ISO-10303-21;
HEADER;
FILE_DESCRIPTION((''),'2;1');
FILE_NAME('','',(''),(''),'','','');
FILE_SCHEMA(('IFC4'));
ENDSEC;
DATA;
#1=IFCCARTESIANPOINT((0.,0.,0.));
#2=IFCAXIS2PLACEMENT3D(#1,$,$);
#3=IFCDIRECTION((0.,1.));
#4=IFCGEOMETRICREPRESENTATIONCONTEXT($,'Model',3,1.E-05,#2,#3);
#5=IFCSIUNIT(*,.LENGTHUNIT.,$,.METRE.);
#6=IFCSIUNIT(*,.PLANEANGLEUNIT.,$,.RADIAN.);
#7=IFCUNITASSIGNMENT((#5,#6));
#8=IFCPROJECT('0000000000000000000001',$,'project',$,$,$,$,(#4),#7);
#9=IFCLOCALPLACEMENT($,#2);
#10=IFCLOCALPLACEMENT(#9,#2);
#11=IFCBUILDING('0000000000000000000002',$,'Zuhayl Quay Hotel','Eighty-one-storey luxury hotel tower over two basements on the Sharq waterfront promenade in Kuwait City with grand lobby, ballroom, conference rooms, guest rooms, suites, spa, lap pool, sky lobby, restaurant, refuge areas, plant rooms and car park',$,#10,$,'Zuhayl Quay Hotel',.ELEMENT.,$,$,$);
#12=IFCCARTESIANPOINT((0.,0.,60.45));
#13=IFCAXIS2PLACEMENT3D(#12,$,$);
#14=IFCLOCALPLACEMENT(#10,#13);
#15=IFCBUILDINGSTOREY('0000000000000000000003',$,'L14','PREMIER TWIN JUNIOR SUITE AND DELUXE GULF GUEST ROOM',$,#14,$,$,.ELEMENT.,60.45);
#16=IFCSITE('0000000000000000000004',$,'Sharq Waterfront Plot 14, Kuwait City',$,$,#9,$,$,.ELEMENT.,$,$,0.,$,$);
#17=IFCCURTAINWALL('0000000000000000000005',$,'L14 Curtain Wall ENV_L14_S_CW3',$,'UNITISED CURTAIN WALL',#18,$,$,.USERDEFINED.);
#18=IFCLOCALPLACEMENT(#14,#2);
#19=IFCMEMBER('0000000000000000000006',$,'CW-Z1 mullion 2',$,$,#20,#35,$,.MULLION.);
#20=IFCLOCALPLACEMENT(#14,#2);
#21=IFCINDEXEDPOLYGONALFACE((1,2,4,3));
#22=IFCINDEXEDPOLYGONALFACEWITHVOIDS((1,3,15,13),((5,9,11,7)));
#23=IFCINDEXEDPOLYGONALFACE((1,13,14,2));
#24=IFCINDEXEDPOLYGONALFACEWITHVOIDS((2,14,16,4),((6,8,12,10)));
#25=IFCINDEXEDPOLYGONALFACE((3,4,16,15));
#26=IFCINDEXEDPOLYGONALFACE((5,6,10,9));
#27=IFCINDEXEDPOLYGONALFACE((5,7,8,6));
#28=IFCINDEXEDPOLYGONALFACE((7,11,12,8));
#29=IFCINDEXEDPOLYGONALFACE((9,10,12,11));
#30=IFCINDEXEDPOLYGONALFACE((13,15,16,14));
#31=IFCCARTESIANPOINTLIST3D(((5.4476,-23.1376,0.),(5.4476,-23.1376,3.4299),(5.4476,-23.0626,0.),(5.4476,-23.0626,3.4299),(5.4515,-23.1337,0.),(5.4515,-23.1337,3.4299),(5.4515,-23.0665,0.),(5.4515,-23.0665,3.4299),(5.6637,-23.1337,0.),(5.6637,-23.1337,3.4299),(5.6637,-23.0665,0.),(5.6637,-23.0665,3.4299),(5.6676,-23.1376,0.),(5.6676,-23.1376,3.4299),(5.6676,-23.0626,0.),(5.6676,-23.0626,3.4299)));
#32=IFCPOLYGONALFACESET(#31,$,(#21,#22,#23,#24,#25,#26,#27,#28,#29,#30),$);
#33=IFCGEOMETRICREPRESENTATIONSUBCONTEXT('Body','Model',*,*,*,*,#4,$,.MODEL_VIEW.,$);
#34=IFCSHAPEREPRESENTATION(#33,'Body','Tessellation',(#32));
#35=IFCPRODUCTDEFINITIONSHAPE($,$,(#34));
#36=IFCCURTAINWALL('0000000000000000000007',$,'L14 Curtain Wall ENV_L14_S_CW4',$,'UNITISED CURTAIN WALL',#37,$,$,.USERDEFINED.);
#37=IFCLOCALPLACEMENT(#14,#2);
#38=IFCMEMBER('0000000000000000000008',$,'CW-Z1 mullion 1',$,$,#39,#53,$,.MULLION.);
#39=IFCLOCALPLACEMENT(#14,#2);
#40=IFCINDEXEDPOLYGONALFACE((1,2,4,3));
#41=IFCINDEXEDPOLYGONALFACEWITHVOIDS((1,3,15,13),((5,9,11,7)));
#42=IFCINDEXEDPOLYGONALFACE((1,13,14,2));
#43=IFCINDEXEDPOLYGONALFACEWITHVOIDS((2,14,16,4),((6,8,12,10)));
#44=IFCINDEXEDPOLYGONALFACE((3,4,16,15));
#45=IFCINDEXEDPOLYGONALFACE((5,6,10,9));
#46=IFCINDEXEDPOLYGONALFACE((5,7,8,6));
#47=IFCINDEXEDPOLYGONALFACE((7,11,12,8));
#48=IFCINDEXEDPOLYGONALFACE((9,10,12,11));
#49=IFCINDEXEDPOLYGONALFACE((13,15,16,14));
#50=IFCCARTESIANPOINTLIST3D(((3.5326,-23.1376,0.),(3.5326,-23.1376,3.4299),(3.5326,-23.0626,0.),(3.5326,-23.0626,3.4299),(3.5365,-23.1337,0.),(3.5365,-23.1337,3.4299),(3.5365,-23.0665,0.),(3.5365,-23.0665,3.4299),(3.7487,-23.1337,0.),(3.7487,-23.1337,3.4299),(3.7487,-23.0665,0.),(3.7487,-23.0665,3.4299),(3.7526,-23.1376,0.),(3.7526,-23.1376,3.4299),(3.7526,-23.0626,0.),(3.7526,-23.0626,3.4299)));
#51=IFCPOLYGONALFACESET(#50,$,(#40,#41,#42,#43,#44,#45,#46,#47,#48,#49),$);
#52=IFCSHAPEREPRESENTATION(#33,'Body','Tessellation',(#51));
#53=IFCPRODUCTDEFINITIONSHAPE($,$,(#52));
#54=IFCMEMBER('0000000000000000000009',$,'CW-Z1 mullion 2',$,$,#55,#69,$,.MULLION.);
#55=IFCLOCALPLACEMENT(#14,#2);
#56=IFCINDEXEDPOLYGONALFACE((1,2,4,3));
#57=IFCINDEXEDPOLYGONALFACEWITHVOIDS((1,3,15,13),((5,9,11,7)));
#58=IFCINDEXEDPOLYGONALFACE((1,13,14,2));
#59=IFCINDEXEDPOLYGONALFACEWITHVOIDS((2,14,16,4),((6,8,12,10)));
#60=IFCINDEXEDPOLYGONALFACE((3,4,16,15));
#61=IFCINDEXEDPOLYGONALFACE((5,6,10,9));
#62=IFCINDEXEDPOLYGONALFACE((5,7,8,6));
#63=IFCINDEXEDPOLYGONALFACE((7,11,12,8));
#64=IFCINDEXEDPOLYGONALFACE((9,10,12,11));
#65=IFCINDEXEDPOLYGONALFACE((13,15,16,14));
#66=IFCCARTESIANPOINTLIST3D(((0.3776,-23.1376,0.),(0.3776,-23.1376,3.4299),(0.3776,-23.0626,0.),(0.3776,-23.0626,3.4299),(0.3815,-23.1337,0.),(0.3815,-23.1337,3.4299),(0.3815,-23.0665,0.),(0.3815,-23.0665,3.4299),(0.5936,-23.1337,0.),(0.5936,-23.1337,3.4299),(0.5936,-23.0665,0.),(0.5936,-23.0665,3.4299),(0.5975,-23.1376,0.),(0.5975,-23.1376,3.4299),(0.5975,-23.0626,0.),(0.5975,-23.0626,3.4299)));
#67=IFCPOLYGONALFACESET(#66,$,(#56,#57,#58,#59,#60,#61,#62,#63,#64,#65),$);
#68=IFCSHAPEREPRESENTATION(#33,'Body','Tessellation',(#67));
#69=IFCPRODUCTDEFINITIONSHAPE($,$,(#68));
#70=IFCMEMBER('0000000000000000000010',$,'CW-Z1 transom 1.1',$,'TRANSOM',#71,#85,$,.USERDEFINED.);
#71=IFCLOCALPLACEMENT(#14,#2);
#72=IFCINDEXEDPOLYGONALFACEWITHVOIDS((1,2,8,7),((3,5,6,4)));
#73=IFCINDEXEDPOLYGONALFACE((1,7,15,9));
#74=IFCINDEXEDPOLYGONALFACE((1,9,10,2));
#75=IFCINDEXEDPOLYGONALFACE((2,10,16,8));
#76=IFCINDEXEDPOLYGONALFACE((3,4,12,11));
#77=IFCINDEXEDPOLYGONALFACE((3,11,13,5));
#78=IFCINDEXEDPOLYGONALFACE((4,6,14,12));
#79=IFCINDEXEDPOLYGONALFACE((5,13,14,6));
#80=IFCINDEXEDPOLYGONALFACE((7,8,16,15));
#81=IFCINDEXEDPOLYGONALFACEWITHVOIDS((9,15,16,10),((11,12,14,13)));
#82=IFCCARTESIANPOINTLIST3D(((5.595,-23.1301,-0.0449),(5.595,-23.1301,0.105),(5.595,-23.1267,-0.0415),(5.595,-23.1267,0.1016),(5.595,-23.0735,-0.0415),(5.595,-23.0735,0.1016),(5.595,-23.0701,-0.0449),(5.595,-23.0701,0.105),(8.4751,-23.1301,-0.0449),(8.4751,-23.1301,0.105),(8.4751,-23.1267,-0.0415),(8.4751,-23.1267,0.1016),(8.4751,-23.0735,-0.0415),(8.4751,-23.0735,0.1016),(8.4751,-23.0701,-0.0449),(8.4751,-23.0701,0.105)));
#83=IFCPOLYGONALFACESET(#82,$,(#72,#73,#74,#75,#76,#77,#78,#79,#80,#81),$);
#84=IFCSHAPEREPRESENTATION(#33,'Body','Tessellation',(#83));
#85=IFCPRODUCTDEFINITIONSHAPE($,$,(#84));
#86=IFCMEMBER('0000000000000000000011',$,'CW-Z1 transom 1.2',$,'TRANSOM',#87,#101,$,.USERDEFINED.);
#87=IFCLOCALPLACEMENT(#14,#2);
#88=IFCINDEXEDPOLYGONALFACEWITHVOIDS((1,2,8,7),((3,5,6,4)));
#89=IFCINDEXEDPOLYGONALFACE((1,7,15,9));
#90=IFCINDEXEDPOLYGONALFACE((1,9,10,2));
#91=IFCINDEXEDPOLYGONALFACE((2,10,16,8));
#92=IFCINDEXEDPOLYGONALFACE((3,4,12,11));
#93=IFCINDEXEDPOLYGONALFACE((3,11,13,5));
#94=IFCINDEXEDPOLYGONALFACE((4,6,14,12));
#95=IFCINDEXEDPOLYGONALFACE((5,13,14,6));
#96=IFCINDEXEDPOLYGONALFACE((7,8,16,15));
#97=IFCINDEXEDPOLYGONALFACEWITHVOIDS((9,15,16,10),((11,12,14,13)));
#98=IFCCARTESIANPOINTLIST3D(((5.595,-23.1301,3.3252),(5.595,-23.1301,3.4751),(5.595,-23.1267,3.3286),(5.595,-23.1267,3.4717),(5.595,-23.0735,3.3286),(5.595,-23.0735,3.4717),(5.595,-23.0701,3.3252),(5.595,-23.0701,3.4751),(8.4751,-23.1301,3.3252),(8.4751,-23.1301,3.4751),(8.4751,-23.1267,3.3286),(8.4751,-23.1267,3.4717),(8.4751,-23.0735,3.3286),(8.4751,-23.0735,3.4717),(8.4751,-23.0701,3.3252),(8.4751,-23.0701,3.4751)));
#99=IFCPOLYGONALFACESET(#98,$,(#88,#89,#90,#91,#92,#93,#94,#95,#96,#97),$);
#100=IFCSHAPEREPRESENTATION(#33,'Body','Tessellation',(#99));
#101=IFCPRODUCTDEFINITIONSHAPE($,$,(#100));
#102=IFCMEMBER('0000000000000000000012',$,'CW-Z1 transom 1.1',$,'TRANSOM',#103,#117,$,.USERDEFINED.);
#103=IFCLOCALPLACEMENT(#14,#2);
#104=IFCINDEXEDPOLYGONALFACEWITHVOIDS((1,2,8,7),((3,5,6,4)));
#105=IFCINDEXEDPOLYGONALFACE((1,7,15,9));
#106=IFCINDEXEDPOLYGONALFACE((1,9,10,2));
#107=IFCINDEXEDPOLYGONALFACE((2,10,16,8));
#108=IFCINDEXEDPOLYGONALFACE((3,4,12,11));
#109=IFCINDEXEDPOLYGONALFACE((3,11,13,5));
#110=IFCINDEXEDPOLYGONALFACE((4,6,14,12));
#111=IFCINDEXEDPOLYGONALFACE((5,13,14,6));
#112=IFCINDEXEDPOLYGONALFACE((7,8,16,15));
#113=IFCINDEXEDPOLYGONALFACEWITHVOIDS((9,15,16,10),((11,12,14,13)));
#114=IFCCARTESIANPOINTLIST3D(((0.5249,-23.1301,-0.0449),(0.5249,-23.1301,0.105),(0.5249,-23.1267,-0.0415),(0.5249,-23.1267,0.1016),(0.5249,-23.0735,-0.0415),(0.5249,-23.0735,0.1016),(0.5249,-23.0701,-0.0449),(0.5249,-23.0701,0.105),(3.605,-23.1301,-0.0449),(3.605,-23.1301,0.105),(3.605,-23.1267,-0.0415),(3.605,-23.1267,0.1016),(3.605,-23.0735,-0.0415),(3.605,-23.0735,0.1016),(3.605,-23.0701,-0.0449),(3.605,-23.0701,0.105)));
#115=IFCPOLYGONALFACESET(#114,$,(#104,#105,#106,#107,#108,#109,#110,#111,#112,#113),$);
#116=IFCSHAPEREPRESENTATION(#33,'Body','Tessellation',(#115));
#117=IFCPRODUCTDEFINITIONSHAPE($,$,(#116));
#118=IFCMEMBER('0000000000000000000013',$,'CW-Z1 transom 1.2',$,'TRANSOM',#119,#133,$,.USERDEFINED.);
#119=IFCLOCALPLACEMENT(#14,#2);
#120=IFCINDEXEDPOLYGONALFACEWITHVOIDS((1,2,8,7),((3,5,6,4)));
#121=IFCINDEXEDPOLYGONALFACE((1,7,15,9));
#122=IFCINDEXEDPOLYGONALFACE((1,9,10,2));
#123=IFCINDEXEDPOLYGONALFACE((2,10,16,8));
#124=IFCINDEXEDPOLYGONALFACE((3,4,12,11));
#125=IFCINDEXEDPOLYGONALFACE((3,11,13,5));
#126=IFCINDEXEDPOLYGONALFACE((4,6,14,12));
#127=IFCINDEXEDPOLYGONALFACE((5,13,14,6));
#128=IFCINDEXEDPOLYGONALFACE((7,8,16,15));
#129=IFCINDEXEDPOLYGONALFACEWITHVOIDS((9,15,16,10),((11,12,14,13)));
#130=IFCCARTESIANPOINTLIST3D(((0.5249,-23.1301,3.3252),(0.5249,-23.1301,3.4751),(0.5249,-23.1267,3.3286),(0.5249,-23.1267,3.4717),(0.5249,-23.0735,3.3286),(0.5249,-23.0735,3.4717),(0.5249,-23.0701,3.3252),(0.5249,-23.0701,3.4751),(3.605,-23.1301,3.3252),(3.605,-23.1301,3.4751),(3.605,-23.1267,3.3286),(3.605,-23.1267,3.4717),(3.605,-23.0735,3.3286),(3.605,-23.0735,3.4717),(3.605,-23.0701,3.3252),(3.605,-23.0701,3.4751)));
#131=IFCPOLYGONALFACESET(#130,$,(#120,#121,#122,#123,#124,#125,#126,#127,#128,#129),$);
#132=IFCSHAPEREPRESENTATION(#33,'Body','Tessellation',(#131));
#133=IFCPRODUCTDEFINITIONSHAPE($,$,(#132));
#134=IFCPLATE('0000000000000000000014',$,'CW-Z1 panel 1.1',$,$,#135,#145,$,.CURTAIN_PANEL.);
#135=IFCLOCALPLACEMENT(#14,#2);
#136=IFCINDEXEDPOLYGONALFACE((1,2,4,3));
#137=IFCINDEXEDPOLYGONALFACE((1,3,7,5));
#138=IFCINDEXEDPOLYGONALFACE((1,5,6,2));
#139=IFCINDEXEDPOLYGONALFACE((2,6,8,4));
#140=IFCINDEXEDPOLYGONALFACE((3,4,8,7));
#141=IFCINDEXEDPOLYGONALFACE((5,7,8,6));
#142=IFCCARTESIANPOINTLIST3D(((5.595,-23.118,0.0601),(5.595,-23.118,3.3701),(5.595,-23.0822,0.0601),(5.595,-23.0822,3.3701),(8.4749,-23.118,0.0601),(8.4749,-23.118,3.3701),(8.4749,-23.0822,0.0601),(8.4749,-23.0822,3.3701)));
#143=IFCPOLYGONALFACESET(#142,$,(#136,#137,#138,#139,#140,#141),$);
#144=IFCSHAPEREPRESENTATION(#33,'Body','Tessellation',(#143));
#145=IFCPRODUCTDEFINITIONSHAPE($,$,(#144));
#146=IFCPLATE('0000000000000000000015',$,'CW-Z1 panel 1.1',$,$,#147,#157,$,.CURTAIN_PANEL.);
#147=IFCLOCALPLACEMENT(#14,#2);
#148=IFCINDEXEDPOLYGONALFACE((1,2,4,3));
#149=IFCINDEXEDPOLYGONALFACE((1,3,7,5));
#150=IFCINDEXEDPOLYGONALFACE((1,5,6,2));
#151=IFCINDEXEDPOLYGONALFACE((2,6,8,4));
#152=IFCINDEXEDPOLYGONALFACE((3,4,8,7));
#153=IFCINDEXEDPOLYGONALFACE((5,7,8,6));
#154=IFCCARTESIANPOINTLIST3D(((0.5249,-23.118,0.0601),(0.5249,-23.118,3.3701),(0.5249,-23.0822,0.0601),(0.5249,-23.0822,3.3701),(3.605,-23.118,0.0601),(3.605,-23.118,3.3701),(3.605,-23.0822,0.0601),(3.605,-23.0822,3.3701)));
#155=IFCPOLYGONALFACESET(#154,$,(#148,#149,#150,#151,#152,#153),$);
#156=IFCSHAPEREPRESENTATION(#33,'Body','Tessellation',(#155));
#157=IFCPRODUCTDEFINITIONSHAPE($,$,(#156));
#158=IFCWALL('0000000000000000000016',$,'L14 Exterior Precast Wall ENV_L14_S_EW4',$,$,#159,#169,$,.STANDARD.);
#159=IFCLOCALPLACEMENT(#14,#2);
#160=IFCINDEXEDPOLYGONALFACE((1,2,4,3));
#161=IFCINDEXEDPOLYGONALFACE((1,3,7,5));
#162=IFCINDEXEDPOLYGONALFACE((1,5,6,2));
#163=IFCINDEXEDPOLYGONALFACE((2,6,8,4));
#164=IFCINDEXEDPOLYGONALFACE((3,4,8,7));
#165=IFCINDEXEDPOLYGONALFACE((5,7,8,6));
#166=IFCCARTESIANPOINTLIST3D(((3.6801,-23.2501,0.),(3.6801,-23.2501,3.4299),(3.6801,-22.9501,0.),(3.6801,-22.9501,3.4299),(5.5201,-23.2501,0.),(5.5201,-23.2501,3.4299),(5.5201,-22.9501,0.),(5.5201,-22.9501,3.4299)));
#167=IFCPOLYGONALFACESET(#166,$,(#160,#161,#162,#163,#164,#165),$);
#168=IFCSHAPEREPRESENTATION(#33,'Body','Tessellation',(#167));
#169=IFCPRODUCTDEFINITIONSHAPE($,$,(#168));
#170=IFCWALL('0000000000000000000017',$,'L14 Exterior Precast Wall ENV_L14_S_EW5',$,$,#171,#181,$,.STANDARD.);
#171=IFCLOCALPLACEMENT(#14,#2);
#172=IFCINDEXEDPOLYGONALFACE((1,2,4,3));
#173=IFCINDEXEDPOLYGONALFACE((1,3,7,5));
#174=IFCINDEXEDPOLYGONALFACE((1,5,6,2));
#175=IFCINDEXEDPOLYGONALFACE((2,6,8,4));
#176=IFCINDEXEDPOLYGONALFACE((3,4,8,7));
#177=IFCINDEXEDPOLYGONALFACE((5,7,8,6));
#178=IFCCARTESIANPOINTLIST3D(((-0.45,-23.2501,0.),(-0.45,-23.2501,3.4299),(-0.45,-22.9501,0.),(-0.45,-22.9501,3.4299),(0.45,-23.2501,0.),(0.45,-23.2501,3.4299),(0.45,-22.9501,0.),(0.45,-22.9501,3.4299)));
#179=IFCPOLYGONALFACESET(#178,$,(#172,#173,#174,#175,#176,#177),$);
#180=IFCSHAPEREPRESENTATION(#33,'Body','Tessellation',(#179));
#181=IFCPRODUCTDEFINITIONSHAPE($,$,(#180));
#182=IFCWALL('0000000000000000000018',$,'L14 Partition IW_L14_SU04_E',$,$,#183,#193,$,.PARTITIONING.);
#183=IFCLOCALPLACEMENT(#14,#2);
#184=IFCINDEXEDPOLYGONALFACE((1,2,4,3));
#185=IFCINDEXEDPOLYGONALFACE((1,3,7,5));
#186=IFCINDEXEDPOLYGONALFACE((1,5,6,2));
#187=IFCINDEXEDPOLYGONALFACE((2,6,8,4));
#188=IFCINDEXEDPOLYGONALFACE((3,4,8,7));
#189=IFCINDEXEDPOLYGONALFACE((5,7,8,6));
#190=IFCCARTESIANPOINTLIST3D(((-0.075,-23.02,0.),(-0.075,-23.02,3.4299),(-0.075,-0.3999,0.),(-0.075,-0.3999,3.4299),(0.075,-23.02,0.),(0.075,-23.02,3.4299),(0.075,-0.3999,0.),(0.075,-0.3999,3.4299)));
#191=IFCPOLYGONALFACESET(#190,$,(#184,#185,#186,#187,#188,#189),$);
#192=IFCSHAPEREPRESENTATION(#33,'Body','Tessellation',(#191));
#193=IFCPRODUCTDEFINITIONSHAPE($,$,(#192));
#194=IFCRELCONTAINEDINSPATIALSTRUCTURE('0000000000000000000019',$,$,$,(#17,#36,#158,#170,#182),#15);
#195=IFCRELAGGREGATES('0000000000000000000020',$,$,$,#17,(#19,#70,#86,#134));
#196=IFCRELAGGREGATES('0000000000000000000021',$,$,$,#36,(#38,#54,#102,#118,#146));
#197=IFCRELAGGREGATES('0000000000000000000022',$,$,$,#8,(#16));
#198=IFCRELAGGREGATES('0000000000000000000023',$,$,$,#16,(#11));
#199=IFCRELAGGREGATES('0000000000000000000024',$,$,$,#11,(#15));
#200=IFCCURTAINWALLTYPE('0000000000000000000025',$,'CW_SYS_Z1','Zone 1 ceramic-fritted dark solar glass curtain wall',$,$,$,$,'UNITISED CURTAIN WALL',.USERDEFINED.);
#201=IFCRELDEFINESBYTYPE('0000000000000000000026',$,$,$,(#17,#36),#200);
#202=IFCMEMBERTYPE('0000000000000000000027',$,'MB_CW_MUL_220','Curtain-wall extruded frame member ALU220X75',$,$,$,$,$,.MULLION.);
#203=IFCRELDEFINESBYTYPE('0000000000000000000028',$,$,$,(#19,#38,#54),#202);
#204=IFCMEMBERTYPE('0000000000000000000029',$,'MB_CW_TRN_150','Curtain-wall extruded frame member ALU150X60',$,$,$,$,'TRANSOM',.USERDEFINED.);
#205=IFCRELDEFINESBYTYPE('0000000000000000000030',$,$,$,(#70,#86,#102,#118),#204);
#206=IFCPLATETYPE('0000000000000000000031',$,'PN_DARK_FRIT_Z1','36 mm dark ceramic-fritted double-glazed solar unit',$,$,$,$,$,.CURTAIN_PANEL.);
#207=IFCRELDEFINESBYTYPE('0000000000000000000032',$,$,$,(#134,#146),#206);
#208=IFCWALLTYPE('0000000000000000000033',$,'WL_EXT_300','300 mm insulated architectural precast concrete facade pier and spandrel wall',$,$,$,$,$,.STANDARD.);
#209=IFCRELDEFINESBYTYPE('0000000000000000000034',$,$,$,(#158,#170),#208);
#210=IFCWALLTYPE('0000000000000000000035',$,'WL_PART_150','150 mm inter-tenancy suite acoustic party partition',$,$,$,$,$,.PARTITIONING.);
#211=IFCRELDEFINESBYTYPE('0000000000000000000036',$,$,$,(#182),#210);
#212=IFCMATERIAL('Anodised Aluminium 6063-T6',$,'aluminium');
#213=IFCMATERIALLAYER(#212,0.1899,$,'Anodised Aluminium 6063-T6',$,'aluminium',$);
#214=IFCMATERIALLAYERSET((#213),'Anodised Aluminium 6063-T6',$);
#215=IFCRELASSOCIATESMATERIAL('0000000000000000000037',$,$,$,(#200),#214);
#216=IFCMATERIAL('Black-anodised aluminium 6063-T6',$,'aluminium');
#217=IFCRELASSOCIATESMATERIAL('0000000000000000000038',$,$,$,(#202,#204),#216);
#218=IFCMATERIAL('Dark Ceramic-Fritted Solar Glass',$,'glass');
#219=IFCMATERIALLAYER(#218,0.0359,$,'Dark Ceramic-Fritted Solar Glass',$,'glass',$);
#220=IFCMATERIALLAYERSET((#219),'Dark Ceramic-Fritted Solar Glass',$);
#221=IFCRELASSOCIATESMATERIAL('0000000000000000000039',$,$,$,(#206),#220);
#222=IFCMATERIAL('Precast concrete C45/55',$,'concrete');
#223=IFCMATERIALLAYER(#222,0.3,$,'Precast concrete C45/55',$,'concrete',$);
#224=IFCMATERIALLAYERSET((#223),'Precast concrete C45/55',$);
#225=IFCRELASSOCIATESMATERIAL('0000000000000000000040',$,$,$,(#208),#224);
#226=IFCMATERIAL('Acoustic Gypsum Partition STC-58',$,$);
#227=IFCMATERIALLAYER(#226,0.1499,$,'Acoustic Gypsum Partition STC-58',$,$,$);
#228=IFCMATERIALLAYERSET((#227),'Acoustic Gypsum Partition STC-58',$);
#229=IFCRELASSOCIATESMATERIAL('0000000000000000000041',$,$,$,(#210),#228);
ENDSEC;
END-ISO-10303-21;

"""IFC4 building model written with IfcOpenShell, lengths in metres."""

from ifc_helpers import new_model, si_unit, direction, frame, frame_2d, origin, origin_2d, place, context, subcontext, project, spatial, rectangle, hollow_rectangle, extrude, material, layer, layer_set, material_profile, profile_set, type_object, element, aggregate, save


model = new_model("IFC4")

# Units and contexts
model_context = context("Model", 3, precision=1e-05, world=origin(), true_north=direction((0.0, 1.0)))
body_context = subcontext(model_context, "Body", "Model", "MODEL_VIEW")
ifc_project = project(units=[si_unit("LENGTHUNIT", "METRE"), si_unit("PLANEANGLEUNIT", "RADIAN")], contexts=[model_context])

# Site, building, storey
site_placement = place(None, origin())
site = spatial("IfcSite", under=ifc_project, at=site_placement, Name="Sharq Waterfront Plot 14, Kuwait City", CompositionType="ELEMENT", RefElevation=0.0)
building_placement = place(site_placement, origin())
building = spatial("IfcBuilding", under=site, at=building_placement, Name="Zuhayl Quay Hotel", Description="Eighty-one-storey luxury hotel tower over two basements on the Sharq waterfront promenade in Kuwait City with grand lobby, ballroom, conference rooms, guest rooms, suites, spa, lap pool, sky lobby, restaurant, refuge areas, plant rooms and car park", LongName="Zuhayl Quay Hotel", CompositionType="ELEMENT")
storey_placement = place(building_placement, frame((0.0, 0.0, 60.45)))
storey = spatial("IfcBuildingStorey", under=building, at=storey_placement, Name="L14", Description="PREMIER TWIN JUNIOR SUITE AND DELUXE GULF GUEST ROOM", CompositionType="ELEMENT", Elevation=60.45)

# Curtain walls, members
ifc_material_1 = material(Name="Anodised Aluminium 6063-T6", Category="aluminium")
ifc_layer_1 = layer(ifc_material_1, 0.1899, Name="Anodised Aluminium 6063-T6", Category="aluminium")
ifc_layer_set_1 = layer_set([ifc_layer_1], Name="Anodised Aluminium 6063-T6")
curtain_wall_type = type_object("IfcCurtainWallType", Name="CW_SYS_Z1", Description="Zone 1 ceramic-fritted dark solar glass curtain wall", ElementType="UNITISED CURTAIN WALL", PredefinedType="USERDEFINED", material=ifc_layer_set_1)
curtain_wall_1_placement = place(storey_placement, origin())
curtain_wall_1 = element("IfcCurtainWall", 1, at=curtain_wall_1_placement, inside=storey, type_object=curtain_wall_type, Name="L14 Curtain Wall ENV_L14_S_CW3", ObjectType="UNITISED CURTAIN WALL", PredefinedType="USERDEFINED")
ifc_material_2 = material(Name="Black-anodised aluminium 6063-T6", Category="aluminium")
ifc_material_profile_1 = material_profile(ifc_material_2, hollow_rectangle(XDim=0.075, YDim=0.22, WallThickness=0.0039, at=origin_2d()), Name="ALU220X75")
ifc_profile_set_1 = profile_set([ifc_material_profile_1], Name="Black-anodised aluminium 6063-T6")
member_type_1 = type_object("IfcMemberType", Name="MB_CW_MUL_220", Description="Curtain-wall extruded frame member ALU220X75", PredefinedType="MULLION", material=ifc_profile_set_1)
member_1_placement = place(storey_placement, frame((5.5576, -23.1001, 0.0), z_axis=(0.0, 0.0, 1.0), x_axis=(0.0, -1.0, 0.0)))
member_1 = element("IfcMember", 2, at=member_1_placement, type_object=member_type_1, Name="CW-Z1 mullion 2", PredefinedType="MULLION", context=body_context, shape_type="SweptSolid", body=[
    extrude(hollow_rectangle(XDim=0.075, YDim=0.22, WallThickness=0.0039, at=origin_2d()), origin(), (0.0, 0.0, 1.0), 3.4299),
])
curtain_wall_2_placement = place(storey_placement, origin())
curtain_wall_2 = element("IfcCurtainWall", 3, at=curtain_wall_2_placement, inside=storey, type_object=curtain_wall_type, Name="L14 Curtain Wall ENV_L14_S_CW4", ObjectType="UNITISED CURTAIN WALL", PredefinedType="USERDEFINED")
member_2_placement = place(storey_placement, frame((3.6426, -23.1001, 0.0), z_axis=(0.0, 0.0, 1.0), x_axis=(0.0, -1.0, 0.0)))
member_2 = element("IfcMember", 4, at=member_2_placement, type_object=member_type_1, Name="CW-Z1 mullion 1", PredefinedType="MULLION", context=body_context, shape_type="SweptSolid", body=[
    extrude(hollow_rectangle(XDim=0.075, YDim=0.22, WallThickness=0.0039, at=origin_2d()), origin(), (0.0, 0.0, 1.0), 3.4299),
])
member_3_placement = place(storey_placement, frame((0.4875, -23.1001, 0.0), z_axis=(0.0, 0.0, 1.0), x_axis=(0.0, -1.0, 0.0)))
member_3 = element("IfcMember", 5, at=member_3_placement, type_object=member_type_1, Name="CW-Z1 mullion 2", PredefinedType="MULLION", context=body_context, shape_type="SweptSolid", body=[
    extrude(hollow_rectangle(XDim=0.075, YDim=0.22, WallThickness=0.0039, at=origin_2d()), origin(), (0.0, 0.0, 1.0), 3.4299),
])

# Members
ifc_material_profile_2 = material_profile(ifc_material_2, hollow_rectangle(XDim=0.0601, YDim=0.1499, WallThickness=0.0034, at=origin_2d()), Name="ALU150X60")
ifc_profile_set_2 = profile_set([ifc_material_profile_2], Name="Black-anodised aluminium 6063-T6")
member_type_2 = type_object("IfcMemberType", Name="MB_CW_TRN_150", Description="Curtain-wall extruded frame member ALU150X60", ElementType="TRANSOM", PredefinedType="USERDEFINED", material=ifc_profile_set_2)
member_4_placement = place(storey_placement, frame((8.4751, -23.1001, 0.03), z_axis=(-1.0, 0.0, 0.0), x_axis=(0.0, -1.0, 0.0)))
member_4 = element("IfcMember", 6, at=member_4_placement, type_object=member_type_2, Name="CW-Z1 transom 1.1", ObjectType="TRANSOM", PredefinedType="USERDEFINED", context=body_context, shape_type="SweptSolid", body=[
    extrude(hollow_rectangle(XDim=0.0601, YDim=0.1499, WallThickness=0.0034, at=origin_2d()), origin(), (0.0, 0.0, 1.0), 2.8801),
])
member_5_placement = place(storey_placement, frame((8.4751, -23.1001, 3.4001), z_axis=(-1.0, 0.0, 0.0), x_axis=(0.0, -1.0, 0.0)))
member_5 = element("IfcMember", 7, at=member_5_placement, type_object=member_type_2, Name="CW-Z1 transom 1.2", ObjectType="TRANSOM", PredefinedType="USERDEFINED", context=body_context, shape_type="SweptSolid", body=[
    extrude(hollow_rectangle(XDim=0.0601, YDim=0.1499, WallThickness=0.0034, at=origin_2d()), origin(), (0.0, 0.0, 1.0), 2.8801),
])
member_6_placement = place(storey_placement, frame((3.605, -23.1001, 0.03), z_axis=(-1.0, 0.0, 0.0), x_axis=(0.0, -1.0, 0.0)))
member_6 = element("IfcMember", 8, at=member_6_placement, type_object=member_type_2, Name="CW-Z1 transom 1.1", ObjectType="TRANSOM", PredefinedType="USERDEFINED", context=body_context, shape_type="SweptSolid", body=[
    extrude(hollow_rectangle(XDim=0.0601, YDim=0.1499, WallThickness=0.0034, at=origin_2d()), origin(), (0.0, 0.0, 1.0), 3.0801),
])
member_7_placement = place(storey_placement, frame((3.605, -23.1001, 3.4001), z_axis=(-1.0, 0.0, 0.0), x_axis=(0.0, -1.0, 0.0)))
member_7 = element("IfcMember", 9, at=member_7_placement, type_object=member_type_2, Name="CW-Z1 transom 1.2", ObjectType="TRANSOM", PredefinedType="USERDEFINED", context=body_context, shape_type="SweptSolid", body=[
    extrude(hollow_rectangle(XDim=0.0601, YDim=0.1499, WallThickness=0.0034, at=origin_2d()), origin(), (0.0, 0.0, 1.0), 3.0801),
])

# Plates
ifc_material_3 = material(Name="Dark Ceramic-Fritted Solar Glass", Category="glass")
ifc_layer_2 = layer(ifc_material_3, 0.0359, Name="Dark Ceramic-Fritted Solar Glass", Category="glass")
ifc_layer_set_2 = layer_set([ifc_layer_2], Name="Dark Ceramic-Fritted Solar Glass")
plate_type = type_object("IfcPlateType", Name="PN_DARK_FRIT_Z1", Description="36 mm dark ceramic-fritted double-glazed solar unit", PredefinedType="CURTAIN_PANEL", material=ifc_layer_set_2)
plate_1_placement = place(storey_placement, frame((7.0349, -23.1001, 0.0601), z_axis=(0.0, 0.0, 1.0), x_axis=(-1.0, 0.0, 0.0)))
plate_1 = element("IfcPlate", 10, at=plate_1_placement, type_object=plate_type, Name="CW-Z1 panel 1.1", PredefinedType="CURTAIN_PANEL", context=body_context, shape_type="SweptSolid", body=[
    extrude(rectangle(XDim=2.8799, YDim=0.0359, at=origin_2d()), origin(), (0.0, 0.0, 1.0), 3.3101),
])
aggregate(curtain_wall_1, [member_1, member_4, member_5, plate_1])
plate_2_placement = place(storey_placement, frame((2.0649, -23.1001, 0.0601), z_axis=(0.0, 0.0, 1.0), x_axis=(-1.0, 0.0, 0.0)))
plate_2 = element("IfcPlate", 11, at=plate_2_placement, type_object=plate_type, Name="CW-Z1 panel 1.1", PredefinedType="CURTAIN_PANEL", context=body_context, shape_type="SweptSolid", body=[
    extrude(rectangle(XDim=3.0801, YDim=0.0359, at=origin_2d()), origin(), (0.0, 0.0, 1.0), 3.3101),
])
aggregate(curtain_wall_2, [member_2, member_3, member_6, member_7, plate_2])

# Walls
ifc_material_4 = material(Name="Precast concrete C45/55", Category="concrete")
ifc_layer_3 = layer(ifc_material_4, 0.3, Name="Precast concrete C45/55", Category="concrete")
ifc_layer_set_3 = layer_set([ifc_layer_3], Name="Precast concrete C45/55")
wall_type_1 = type_object("IfcWallType", Name="WL_EXT_300", Description="300 mm insulated architectural precast concrete facade pier and spandrel wall", PredefinedType="STANDARD", material=ifc_layer_set_3)
wall_1_placement = place(storey_placement, frame((5.52, -23.1001, 0.0), z_axis=(0.0, 0.0, 1.0), x_axis=(-1.0, 0.0, 0.0)))
element("IfcWall", 12, at=wall_1_placement, inside=storey, type_object=wall_type_1, Name="L14 Exterior Precast Wall ENV_L14_S_EW4", PredefinedType="STANDARD", context=body_context, shape_type="SweptSolid", body=[
    extrude(rectangle(XDim=1.8401, YDim=0.3, at=frame_2d((0.9199, 0.0))), origin(), (0.0, 0.0, 1.0), 3.4299),
])
wall_2_placement = place(storey_placement, frame((0.45, -23.1001, 0.0), z_axis=(0.0, 0.0, 1.0), x_axis=(-1.0, 0.0, 0.0)))
element("IfcWall", 13, at=wall_2_placement, inside=storey, type_object=wall_type_1, Name="L14 Exterior Precast Wall ENV_L14_S_EW5", PredefinedType="STANDARD", context=body_context, shape_type="SweptSolid", body=[
    extrude(rectangle(XDim=0.8999, YDim=0.3, at=frame_2d((0.45, 0.0))), origin(), (0.0, 0.0, 1.0), 3.4299),
])
ifc_material_5 = material(Name="Acoustic Gypsum Partition STC-58")
ifc_layer_4 = layer(ifc_material_5, 0.1499, Name="Acoustic Gypsum Partition STC-58")
ifc_layer_set_4 = layer_set([ifc_layer_4], Name="Acoustic Gypsum Partition STC-58")
wall_type_2 = type_object("IfcWallType", Name="WL_PART_150", Description="150 mm inter-tenancy suite acoustic party partition", PredefinedType="PARTITIONING", material=ifc_layer_set_4)
wall_3_placement = place(storey_placement, frame((0.0, -23.02, 0.0), z_axis=(0.0, 0.0, 1.0), x_axis=(0.0, 1.0, 0.0)))
element("IfcWall", 14, at=wall_3_placement, inside=storey, type_object=wall_type_2, Name="L14 Partition IW_L14_SU04_E", PredefinedType="PARTITIONING", context=body_context, shape_type="SweptSolid", body=[
    extrude(rectangle(XDim=22.6201, YDim=0.1499, at=frame_2d((11.3101, 0.0))), origin(), (0.0, 0.0, 1.0), 3.4299),
])

save(model, "model.ifc")
